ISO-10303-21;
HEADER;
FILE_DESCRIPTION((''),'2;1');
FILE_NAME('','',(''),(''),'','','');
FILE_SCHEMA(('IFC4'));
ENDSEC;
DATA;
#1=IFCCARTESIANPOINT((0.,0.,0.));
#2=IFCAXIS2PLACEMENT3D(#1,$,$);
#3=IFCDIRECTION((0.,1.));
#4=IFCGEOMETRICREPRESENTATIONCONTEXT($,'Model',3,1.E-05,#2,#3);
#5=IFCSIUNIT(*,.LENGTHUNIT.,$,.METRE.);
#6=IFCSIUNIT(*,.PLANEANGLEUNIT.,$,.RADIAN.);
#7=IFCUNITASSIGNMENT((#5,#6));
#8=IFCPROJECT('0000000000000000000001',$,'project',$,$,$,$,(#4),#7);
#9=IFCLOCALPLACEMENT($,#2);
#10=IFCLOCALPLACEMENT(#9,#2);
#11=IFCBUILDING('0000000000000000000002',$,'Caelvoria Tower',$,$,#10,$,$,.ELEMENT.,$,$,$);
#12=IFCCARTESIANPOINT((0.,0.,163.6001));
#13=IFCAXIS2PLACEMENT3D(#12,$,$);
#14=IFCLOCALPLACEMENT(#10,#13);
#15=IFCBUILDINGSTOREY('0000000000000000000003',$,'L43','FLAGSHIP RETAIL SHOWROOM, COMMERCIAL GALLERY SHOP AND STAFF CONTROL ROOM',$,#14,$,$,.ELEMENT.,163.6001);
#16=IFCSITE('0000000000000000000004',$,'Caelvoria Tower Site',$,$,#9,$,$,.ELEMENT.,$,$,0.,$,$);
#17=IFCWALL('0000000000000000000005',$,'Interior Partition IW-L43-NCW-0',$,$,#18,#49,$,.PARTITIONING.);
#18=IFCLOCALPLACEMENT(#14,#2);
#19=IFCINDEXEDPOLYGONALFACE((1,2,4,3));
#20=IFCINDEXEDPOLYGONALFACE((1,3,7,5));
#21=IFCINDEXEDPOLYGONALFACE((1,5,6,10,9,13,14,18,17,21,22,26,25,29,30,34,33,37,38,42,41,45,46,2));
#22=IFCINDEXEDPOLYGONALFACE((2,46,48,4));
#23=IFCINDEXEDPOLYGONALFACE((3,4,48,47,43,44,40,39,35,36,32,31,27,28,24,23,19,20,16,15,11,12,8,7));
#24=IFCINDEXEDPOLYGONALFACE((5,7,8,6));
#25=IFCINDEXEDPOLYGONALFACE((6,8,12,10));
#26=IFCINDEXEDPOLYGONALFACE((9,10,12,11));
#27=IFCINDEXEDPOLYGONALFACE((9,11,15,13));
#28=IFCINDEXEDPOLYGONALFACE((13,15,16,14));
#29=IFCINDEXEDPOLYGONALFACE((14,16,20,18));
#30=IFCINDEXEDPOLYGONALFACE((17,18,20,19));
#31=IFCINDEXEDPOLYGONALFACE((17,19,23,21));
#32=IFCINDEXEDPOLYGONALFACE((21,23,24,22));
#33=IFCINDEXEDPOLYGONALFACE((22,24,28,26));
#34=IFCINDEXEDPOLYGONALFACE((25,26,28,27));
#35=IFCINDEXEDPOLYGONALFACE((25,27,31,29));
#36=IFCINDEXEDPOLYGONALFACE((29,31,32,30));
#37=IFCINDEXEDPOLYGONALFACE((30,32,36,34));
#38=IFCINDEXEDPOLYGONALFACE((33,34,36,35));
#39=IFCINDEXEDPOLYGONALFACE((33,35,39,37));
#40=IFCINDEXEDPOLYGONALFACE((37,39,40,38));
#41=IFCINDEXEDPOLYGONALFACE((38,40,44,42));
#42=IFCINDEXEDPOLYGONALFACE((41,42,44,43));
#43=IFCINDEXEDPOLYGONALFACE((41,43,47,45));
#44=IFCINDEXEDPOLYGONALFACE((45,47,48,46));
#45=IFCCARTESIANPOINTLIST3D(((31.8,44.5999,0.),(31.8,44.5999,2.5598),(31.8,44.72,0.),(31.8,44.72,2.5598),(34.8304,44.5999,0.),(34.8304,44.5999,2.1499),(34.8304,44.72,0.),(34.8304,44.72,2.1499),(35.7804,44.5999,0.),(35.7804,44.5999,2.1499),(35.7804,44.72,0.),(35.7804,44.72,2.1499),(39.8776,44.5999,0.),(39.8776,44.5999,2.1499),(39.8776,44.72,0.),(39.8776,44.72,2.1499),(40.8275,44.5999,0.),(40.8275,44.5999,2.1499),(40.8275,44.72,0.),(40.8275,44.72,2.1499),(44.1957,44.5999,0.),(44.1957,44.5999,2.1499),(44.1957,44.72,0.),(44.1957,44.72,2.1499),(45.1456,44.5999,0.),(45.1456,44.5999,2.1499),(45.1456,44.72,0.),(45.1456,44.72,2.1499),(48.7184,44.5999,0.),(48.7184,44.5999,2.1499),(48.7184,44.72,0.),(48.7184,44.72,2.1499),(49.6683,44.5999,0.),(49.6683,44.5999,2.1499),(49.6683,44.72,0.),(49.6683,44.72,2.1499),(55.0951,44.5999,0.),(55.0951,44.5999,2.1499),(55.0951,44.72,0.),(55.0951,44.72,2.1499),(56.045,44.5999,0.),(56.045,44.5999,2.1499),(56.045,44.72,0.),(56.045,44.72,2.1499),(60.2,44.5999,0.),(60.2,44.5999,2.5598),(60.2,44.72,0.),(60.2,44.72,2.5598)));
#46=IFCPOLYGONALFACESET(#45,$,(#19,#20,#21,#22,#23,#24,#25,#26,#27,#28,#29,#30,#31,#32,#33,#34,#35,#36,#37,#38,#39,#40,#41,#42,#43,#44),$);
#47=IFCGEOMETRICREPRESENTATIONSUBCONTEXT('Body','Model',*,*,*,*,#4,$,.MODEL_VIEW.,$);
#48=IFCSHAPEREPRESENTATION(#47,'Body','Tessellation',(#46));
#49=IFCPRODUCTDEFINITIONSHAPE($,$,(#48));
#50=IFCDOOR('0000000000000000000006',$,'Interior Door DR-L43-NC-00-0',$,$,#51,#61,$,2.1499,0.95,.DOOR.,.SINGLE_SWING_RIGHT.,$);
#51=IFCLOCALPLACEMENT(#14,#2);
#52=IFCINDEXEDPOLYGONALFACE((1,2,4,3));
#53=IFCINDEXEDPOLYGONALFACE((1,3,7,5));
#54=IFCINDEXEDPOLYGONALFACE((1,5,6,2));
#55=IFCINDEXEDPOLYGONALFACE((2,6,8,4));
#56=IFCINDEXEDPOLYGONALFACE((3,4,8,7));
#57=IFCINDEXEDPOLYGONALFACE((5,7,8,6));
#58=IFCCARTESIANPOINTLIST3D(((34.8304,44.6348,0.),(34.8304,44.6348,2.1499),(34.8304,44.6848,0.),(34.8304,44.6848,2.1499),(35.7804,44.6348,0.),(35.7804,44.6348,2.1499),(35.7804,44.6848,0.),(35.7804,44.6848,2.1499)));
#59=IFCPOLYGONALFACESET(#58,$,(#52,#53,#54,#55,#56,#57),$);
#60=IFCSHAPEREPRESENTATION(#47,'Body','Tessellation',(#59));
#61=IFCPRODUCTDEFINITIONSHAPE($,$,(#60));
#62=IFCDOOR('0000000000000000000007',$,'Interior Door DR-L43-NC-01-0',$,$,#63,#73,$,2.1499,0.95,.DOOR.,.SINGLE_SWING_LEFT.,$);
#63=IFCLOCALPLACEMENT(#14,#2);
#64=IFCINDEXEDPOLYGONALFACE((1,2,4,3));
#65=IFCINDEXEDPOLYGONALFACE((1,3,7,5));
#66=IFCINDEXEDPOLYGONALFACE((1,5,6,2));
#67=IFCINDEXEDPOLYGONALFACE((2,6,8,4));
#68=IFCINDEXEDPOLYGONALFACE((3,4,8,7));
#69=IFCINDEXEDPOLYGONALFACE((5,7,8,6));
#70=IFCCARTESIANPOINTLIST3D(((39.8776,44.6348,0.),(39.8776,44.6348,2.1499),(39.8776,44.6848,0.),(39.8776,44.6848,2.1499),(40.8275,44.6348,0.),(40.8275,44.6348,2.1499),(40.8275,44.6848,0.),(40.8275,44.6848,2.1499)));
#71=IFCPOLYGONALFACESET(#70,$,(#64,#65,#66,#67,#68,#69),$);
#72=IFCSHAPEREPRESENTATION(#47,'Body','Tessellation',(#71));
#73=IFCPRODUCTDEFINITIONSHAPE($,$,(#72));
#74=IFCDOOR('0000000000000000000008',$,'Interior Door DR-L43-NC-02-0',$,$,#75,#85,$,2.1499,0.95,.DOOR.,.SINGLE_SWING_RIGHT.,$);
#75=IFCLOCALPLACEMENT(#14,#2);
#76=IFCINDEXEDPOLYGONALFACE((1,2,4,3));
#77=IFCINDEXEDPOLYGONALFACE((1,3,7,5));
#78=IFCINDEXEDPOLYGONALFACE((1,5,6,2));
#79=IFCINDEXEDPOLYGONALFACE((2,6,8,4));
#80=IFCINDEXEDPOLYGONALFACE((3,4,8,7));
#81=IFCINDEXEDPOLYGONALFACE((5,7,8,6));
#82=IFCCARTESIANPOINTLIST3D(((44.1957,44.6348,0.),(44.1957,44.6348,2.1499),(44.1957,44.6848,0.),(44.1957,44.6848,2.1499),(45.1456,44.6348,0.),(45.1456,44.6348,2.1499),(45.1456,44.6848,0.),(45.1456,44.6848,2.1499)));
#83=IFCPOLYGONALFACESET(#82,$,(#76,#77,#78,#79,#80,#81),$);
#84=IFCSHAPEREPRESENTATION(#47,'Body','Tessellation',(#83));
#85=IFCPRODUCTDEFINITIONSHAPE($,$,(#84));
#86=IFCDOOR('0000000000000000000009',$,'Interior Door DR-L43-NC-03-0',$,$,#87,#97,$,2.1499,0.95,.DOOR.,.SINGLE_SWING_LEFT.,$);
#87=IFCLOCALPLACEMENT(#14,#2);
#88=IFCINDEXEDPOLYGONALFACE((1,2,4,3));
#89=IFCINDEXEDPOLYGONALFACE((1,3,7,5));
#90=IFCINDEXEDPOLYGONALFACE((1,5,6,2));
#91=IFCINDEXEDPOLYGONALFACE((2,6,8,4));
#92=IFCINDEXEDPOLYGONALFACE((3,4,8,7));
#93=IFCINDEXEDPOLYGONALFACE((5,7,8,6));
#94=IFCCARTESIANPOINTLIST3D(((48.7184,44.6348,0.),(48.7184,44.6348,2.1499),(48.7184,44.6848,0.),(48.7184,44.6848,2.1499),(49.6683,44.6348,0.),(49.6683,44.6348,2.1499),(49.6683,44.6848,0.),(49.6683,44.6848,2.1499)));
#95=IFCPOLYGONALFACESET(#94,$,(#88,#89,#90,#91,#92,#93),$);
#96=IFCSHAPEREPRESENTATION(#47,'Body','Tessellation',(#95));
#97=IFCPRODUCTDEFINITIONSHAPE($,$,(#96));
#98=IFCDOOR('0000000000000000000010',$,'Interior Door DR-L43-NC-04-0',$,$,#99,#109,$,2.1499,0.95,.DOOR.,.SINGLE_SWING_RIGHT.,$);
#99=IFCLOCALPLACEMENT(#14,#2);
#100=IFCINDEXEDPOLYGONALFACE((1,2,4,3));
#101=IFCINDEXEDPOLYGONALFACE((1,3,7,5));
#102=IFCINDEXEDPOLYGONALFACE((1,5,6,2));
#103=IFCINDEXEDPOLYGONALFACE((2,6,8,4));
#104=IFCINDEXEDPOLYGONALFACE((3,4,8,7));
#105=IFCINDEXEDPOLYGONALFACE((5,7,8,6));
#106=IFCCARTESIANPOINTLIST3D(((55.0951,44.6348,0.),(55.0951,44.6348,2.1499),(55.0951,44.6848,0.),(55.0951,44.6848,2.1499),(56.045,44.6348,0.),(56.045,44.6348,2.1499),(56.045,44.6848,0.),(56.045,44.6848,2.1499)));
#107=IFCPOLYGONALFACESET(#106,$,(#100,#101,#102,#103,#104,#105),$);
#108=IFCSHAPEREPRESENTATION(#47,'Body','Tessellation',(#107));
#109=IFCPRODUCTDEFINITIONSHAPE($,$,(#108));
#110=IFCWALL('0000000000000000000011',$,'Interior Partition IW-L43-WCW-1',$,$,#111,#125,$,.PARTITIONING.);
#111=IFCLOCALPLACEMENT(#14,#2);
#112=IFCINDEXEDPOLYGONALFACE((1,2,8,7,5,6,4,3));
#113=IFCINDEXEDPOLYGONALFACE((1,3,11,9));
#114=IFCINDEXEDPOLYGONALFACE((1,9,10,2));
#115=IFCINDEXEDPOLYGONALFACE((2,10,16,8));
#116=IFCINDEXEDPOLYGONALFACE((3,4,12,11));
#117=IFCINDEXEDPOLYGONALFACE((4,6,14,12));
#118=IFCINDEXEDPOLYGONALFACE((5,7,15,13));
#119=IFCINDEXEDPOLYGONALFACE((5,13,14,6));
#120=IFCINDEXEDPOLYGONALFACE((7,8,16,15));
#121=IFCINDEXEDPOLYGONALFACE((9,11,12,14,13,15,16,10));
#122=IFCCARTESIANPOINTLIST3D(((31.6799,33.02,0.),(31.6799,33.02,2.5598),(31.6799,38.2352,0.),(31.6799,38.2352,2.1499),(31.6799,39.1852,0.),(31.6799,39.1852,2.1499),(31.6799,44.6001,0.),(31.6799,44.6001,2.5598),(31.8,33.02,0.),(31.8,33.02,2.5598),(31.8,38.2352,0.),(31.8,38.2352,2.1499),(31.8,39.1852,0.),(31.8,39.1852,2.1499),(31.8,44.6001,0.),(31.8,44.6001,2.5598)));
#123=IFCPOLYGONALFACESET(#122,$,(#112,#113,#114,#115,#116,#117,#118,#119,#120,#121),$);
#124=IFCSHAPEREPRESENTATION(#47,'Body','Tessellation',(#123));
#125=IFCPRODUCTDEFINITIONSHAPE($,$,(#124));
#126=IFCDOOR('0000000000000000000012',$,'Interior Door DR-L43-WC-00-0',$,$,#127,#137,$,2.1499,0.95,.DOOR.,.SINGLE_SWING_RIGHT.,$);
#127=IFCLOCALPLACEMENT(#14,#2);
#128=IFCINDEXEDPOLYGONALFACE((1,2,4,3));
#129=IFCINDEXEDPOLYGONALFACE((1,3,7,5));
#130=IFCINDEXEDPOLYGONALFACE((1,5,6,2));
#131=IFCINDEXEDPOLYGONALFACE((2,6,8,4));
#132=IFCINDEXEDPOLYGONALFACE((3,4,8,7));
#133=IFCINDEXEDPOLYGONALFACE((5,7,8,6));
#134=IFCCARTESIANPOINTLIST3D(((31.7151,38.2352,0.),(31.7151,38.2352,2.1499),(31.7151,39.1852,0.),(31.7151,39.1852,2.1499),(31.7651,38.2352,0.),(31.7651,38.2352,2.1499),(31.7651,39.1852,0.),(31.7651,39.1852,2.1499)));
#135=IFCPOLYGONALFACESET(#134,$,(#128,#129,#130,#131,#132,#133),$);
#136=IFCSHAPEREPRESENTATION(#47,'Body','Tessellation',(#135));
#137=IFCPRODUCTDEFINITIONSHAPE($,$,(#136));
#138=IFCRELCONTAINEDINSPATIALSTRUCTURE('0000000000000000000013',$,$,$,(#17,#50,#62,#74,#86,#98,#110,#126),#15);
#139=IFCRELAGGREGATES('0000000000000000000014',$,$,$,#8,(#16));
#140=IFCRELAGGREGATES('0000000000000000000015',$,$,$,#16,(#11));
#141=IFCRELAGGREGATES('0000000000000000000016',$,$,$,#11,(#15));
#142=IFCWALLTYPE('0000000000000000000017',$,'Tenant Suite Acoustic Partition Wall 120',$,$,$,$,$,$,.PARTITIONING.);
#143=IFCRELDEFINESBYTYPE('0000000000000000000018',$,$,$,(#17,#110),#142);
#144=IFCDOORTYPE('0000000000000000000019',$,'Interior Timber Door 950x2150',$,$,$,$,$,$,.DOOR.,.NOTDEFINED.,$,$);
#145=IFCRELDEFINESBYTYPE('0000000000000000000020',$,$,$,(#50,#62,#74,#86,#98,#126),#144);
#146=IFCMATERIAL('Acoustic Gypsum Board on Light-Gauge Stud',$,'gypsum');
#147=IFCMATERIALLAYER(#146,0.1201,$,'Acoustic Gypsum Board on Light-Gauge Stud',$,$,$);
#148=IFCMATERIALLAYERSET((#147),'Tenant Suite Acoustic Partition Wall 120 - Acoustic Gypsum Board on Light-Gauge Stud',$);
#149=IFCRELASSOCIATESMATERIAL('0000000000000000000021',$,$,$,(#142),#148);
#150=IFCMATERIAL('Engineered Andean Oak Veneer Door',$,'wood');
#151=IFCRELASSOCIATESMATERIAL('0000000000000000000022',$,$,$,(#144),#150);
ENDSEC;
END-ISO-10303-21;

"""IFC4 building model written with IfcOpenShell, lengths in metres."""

from ifc_helpers import new_model, si_unit, direction, frame, frame_2d, origin, place, context, subcontext, project, spatial, rectangle, extrude, material, layer, layer_set, type_object, element, fill, save


model = new_model("IFC4")

# Units and contexts
model_context = context("Model", 3, precision=1e-05, world=origin(), true_north=direction((0.0, 1.0)))
body_context = subcontext(model_context, "Body", "Model", "MODEL_VIEW")
ifc_project = project(units=[si_unit("LENGTHUNIT", "METRE"), si_unit("PLANEANGLEUNIT", "RADIAN")], contexts=[model_context])

# Site, building, storey
site_placement = place(None, origin())
site = spatial("IfcSite", under=ifc_project, at=site_placement, Name="Caelvoria Tower Site", CompositionType="ELEMENT", RefElevation=0.0)
building_placement = place(site_placement, origin())
building = spatial("IfcBuilding", under=site, at=building_placement, Name="Caelvoria Tower", CompositionType="ELEMENT")
storey_placement = place(building_placement, frame((0.0, 0.0, 163.6001)))
storey = spatial("IfcBuildingStorey", under=building, at=storey_placement, Name="L43", Description="FLAGSHIP RETAIL SHOWROOM, COMMERCIAL GALLERY SHOP AND STAFF CONTROL ROOM", CompositionType="ELEMENT", Elevation=163.6001)

# Wall, openings, doors
ifc_material_1 = material(Name="Acoustic Gypsum Board on Light-Gauge Stud", Category="gypsum")
ifc_layer_1 = layer(ifc_material_1, 0.1201, Name="Acoustic Gypsum Board on Light-Gauge Stud")
ifc_layer_set_1 = layer_set([ifc_layer_1], Name="Tenant Suite Acoustic Partition Wall 120 - Acoustic Gypsum Board on Light-Gauge Stud")
wall_type_1 = type_object("IfcWallType", Name="Tenant Suite Acoustic Partition Wall 120", PredefinedType="PARTITIONING", material=ifc_layer_set_1)
wall_1_placement = place(storey_placement, frame((31.8, 44.6599, 0.0), z_axis=(0.0, 0.0, 1.0), x_axis=(1.0, 0.0, 0.0)))
wall_1 = element("IfcWall", 1, at=wall_1_placement, inside=storey, type_object=wall_type_1, Name="Interior Partition IW-L43-NCW-0", PredefinedType="PARTITIONING", context=body_context, shape_type="SweptSolid", body=[
    extrude(rectangle(XDim=28.3999, YDim=0.1201, at=frame_2d((14.2, 0.0))), origin(), (0.0, 0.0, 1.0), 2.5598),
])
opening_1_placement = place(wall_1_placement, frame((3.0303, 0.0, 0.0)))
opening_1 = element("IfcOpeningElement", 2, at=opening_1_placement, cuts=wall_1, PredefinedType="OPENING", context=body_context, shape_type="SweptSolid", body=[
    extrude(rectangle(XDim=0.95, YDim=2.1499, at=frame_2d((0.4751, 1.075))), frame((0.0, 0.0701, 0.0), z_axis=(0.0, -1.0, 0.0), x_axis=(1.0, 0.0, 0.0)), (0.0, 0.0, 1.0), 0.1401),
])
opening_2_placement = place(wall_1_placement, frame((8.0774, 0.0, 0.0)))
opening_2 = element("IfcOpeningElement", 3, at=opening_2_placement, cuts=wall_1, PredefinedType="OPENING", context=body_context, shape_type="SweptSolid", body=[
    extrude(rectangle(XDim=0.95, YDim=2.1499, at=frame_2d((0.4751, 1.075))), frame((0.0, 0.0701, 0.0), z_axis=(0.0, -1.0, 0.0), x_axis=(1.0, 0.0, 0.0)), (0.0, 0.0, 1.0), 0.1401),
])
opening_3_placement = place(wall_1_placement, frame((12.3955, 0.0, 0.0)))
opening_3 = element("IfcOpeningElement", 4, at=opening_3_placement, cuts=wall_1, PredefinedType="OPENING", context=body_context, shape_type="SweptSolid", body=[
    extrude(rectangle(XDim=0.95, YDim=2.1499, at=frame_2d((0.4751, 1.075))), frame((0.0, 0.0701, 0.0), z_axis=(0.0, -1.0, 0.0), x_axis=(1.0, 0.0, 0.0)), (0.0, 0.0, 1.0), 0.1401),
])
opening_4_placement = place(wall_1_placement, frame((16.9182, 0.0, 0.0)))
opening_4 = element("IfcOpeningElement", 5, at=opening_4_placement, cuts=wall_1, PredefinedType="OPENING", context=body_context, shape_type="SweptSolid", body=[
    extrude(rectangle(XDim=0.95, YDim=2.1499, at=frame_2d((0.4751, 1.075))), frame((0.0, 0.0701, 0.0), z_axis=(0.0, -1.0, 0.0), x_axis=(1.0, 0.0, 0.0)), (0.0, 0.0, 1.0), 0.1401),
])
opening_5_placement = place(wall_1_placement, frame((23.2949, 0.0, 0.0)))
opening_5 = element("IfcOpeningElement", 6, at=opening_5_placement, cuts=wall_1, PredefinedType="OPENING", context=body_context, shape_type="SweptSolid", body=[
    extrude(rectangle(XDim=0.95, YDim=2.1499, at=frame_2d((0.4751, 1.075))), frame((0.0, 0.0701, 0.0), z_axis=(0.0, -1.0, 0.0), x_axis=(1.0, 0.0, 0.0)), (0.0, 0.0, 1.0), 0.1401),
])
ifc_material_2 = material(Name="Engineered Andean Oak Veneer Door", Category="wood")
door_type_1 = type_object("IfcDoorType", Name="Interior Timber Door 950x2150", OperationType="NOTDEFINED", PredefinedType="DOOR", material=ifc_material_2)
door_1_placement = place(opening_1_placement, origin())
door_1 = element("IfcDoor", 7, at=door_1_placement, inside=storey, type_object=door_type_1, Name="Interior Door DR-L43-NC-00-0", OperationType="SINGLE_SWING_RIGHT", OverallHeight=2.1499, OverallWidth=0.95, PredefinedType="DOOR", context=body_context, shape_type="SweptSolid", body=[
    extrude(rectangle(XDim=0.95, YDim=2.1499, at=frame_2d((0.4751, 1.075))), frame((0.0, 0.0249, 0.0), z_axis=(0.0, -1.0, 0.0), x_axis=(1.0, 0.0, 0.0)), (0.0, 0.0, 1.0), 0.05),
])
fill(opening_1, door_1)
door_2_placement = place(opening_2_placement, origin())
door_2 = element("IfcDoor", 8, at=door_2_placement, inside=storey, type_object=door_type_1, Name="Interior Door DR-L43-NC-01-0", OperationType="SINGLE_SWING_LEFT", OverallHeight=2.1499, OverallWidth=0.95, PredefinedType="DOOR", context=body_context, shape_type="SweptSolid", body=[
    extrude(rectangle(XDim=0.95, YDim=2.1499, at=frame_2d((0.4751, 1.075))), frame((0.0, 0.0249, 0.0), z_axis=(0.0, -1.0, 0.0), x_axis=(1.0, 0.0, 0.0)), (0.0, 0.0, 1.0), 0.05),
])
fill(opening_2, door_2)
door_3_placement = place(opening_3_placement, origin())
door_3 = element("IfcDoor", 9, at=door_3_placement, inside=storey, type_object=door_type_1, Name="Interior Door DR-L43-NC-02-0", OperationType="SINGLE_SWING_RIGHT", OverallHeight=2.1499, OverallWidth=0.95, PredefinedType="DOOR", context=body_context, shape_type="SweptSolid", body=[
    extrude(rectangle(XDim=0.95, YDim=2.1499, at=frame_2d((0.4751, 1.075))), frame((0.0, 0.0249, 0.0), z_axis=(0.0, -1.0, 0.0), x_axis=(1.0, 0.0, 0.0)), (0.0, 0.0, 1.0), 0.05),
])
fill(opening_3, door_3)
door_4_placement = place(opening_4_placement, origin())
door_4 = element("IfcDoor", 10, at=door_4_placement, inside=storey, type_object=door_type_1, Name="Interior Door DR-L43-NC-03-0", OperationType="SINGLE_SWING_LEFT", OverallHeight=2.1499, OverallWidth=0.95, PredefinedType="DOOR", context=body_context, shape_type="SweptSolid", body=[
    extrude(rectangle(XDim=0.95, YDim=2.1499, at=frame_2d((0.4751, 1.075))), frame((0.0, 0.0249, 0.0), z_axis=(0.0, -1.0, 0.0), x_axis=(1.0, 0.0, 0.0)), (0.0, 0.0, 1.0), 0.05),
])
fill(opening_4, door_4)
door_5_placement = place(opening_5_placement, origin())
door_5 = element("IfcDoor", 11, at=door_5_placement, inside=storey, type_object=door_type_1, Name="Interior Door DR-L43-NC-04-0", OperationType="SINGLE_SWING_RIGHT", OverallHeight=2.1499, OverallWidth=0.95, PredefinedType="DOOR", context=body_context, shape_type="SweptSolid", body=[
    extrude(rectangle(XDim=0.95, YDim=2.1499, at=frame_2d((0.4751, 1.075))), frame((0.0, 0.0249, 0.0), z_axis=(0.0, -1.0, 0.0), x_axis=(1.0, 0.0, 0.0)), (0.0, 0.0, 1.0), 0.05),
])
fill(opening_5, door_5)

# Wall, opening, door
wall_2_placement = place(storey_placement, frame((31.74, 33.02, 0.0), z_axis=(0.0, 0.0, 1.0), x_axis=(0.0, 1.0, 0.0)))
wall_2 = element("IfcWall", 12, at=wall_2_placement, inside=storey, type_object=wall_type_1, Name="Interior Partition IW-L43-WCW-1", PredefinedType="PARTITIONING", context=body_context, shape_type="SweptSolid", body=[
    extrude(rectangle(XDim=11.5801, YDim=0.1201, at=frame_2d((5.79, 0.0))), origin(), (0.0, 0.0, 1.0), 2.5598),
])
opening_6_placement = place(wall_2_placement, frame((5.2151, 0.0, 0.0)))
opening_6 = element("IfcOpeningElement", 13, at=opening_6_placement, cuts=wall_2, PredefinedType="OPENING", context=body_context, shape_type="SweptSolid", body=[
    extrude(rectangle(XDim=0.95, YDim=2.1499, at=frame_2d((0.4751, 1.075))), frame((0.0, 0.0701, 0.0), z_axis=(0.0, -1.0, 0.0), x_axis=(1.0, 0.0, 0.0)), (0.0, 0.0, 1.0), 0.1401),
])
door_6_placement = place(opening_6_placement, origin())
door_6 = element("IfcDoor", 14, at=door_6_placement, inside=storey, type_object=door_type_1, Name="Interior Door DR-L43-WC-00-0", OperationType="SINGLE_SWING_RIGHT", OverallHeight=2.1499, OverallWidth=0.95, PredefinedType="DOOR", context=body_context, shape_type="SweptSolid", body=[
    extrude(rectangle(XDim=0.95, YDim=2.1499, at=frame_2d((0.4751, 1.075))), frame((0.0, 0.0249, 0.0), z_axis=(0.0, -1.0, 0.0), x_axis=(1.0, 0.0, 0.0)), (0.0, 0.0, 1.0), 0.05),
])
fill(opening_6, door_6)

save(model, "model.ifc")
